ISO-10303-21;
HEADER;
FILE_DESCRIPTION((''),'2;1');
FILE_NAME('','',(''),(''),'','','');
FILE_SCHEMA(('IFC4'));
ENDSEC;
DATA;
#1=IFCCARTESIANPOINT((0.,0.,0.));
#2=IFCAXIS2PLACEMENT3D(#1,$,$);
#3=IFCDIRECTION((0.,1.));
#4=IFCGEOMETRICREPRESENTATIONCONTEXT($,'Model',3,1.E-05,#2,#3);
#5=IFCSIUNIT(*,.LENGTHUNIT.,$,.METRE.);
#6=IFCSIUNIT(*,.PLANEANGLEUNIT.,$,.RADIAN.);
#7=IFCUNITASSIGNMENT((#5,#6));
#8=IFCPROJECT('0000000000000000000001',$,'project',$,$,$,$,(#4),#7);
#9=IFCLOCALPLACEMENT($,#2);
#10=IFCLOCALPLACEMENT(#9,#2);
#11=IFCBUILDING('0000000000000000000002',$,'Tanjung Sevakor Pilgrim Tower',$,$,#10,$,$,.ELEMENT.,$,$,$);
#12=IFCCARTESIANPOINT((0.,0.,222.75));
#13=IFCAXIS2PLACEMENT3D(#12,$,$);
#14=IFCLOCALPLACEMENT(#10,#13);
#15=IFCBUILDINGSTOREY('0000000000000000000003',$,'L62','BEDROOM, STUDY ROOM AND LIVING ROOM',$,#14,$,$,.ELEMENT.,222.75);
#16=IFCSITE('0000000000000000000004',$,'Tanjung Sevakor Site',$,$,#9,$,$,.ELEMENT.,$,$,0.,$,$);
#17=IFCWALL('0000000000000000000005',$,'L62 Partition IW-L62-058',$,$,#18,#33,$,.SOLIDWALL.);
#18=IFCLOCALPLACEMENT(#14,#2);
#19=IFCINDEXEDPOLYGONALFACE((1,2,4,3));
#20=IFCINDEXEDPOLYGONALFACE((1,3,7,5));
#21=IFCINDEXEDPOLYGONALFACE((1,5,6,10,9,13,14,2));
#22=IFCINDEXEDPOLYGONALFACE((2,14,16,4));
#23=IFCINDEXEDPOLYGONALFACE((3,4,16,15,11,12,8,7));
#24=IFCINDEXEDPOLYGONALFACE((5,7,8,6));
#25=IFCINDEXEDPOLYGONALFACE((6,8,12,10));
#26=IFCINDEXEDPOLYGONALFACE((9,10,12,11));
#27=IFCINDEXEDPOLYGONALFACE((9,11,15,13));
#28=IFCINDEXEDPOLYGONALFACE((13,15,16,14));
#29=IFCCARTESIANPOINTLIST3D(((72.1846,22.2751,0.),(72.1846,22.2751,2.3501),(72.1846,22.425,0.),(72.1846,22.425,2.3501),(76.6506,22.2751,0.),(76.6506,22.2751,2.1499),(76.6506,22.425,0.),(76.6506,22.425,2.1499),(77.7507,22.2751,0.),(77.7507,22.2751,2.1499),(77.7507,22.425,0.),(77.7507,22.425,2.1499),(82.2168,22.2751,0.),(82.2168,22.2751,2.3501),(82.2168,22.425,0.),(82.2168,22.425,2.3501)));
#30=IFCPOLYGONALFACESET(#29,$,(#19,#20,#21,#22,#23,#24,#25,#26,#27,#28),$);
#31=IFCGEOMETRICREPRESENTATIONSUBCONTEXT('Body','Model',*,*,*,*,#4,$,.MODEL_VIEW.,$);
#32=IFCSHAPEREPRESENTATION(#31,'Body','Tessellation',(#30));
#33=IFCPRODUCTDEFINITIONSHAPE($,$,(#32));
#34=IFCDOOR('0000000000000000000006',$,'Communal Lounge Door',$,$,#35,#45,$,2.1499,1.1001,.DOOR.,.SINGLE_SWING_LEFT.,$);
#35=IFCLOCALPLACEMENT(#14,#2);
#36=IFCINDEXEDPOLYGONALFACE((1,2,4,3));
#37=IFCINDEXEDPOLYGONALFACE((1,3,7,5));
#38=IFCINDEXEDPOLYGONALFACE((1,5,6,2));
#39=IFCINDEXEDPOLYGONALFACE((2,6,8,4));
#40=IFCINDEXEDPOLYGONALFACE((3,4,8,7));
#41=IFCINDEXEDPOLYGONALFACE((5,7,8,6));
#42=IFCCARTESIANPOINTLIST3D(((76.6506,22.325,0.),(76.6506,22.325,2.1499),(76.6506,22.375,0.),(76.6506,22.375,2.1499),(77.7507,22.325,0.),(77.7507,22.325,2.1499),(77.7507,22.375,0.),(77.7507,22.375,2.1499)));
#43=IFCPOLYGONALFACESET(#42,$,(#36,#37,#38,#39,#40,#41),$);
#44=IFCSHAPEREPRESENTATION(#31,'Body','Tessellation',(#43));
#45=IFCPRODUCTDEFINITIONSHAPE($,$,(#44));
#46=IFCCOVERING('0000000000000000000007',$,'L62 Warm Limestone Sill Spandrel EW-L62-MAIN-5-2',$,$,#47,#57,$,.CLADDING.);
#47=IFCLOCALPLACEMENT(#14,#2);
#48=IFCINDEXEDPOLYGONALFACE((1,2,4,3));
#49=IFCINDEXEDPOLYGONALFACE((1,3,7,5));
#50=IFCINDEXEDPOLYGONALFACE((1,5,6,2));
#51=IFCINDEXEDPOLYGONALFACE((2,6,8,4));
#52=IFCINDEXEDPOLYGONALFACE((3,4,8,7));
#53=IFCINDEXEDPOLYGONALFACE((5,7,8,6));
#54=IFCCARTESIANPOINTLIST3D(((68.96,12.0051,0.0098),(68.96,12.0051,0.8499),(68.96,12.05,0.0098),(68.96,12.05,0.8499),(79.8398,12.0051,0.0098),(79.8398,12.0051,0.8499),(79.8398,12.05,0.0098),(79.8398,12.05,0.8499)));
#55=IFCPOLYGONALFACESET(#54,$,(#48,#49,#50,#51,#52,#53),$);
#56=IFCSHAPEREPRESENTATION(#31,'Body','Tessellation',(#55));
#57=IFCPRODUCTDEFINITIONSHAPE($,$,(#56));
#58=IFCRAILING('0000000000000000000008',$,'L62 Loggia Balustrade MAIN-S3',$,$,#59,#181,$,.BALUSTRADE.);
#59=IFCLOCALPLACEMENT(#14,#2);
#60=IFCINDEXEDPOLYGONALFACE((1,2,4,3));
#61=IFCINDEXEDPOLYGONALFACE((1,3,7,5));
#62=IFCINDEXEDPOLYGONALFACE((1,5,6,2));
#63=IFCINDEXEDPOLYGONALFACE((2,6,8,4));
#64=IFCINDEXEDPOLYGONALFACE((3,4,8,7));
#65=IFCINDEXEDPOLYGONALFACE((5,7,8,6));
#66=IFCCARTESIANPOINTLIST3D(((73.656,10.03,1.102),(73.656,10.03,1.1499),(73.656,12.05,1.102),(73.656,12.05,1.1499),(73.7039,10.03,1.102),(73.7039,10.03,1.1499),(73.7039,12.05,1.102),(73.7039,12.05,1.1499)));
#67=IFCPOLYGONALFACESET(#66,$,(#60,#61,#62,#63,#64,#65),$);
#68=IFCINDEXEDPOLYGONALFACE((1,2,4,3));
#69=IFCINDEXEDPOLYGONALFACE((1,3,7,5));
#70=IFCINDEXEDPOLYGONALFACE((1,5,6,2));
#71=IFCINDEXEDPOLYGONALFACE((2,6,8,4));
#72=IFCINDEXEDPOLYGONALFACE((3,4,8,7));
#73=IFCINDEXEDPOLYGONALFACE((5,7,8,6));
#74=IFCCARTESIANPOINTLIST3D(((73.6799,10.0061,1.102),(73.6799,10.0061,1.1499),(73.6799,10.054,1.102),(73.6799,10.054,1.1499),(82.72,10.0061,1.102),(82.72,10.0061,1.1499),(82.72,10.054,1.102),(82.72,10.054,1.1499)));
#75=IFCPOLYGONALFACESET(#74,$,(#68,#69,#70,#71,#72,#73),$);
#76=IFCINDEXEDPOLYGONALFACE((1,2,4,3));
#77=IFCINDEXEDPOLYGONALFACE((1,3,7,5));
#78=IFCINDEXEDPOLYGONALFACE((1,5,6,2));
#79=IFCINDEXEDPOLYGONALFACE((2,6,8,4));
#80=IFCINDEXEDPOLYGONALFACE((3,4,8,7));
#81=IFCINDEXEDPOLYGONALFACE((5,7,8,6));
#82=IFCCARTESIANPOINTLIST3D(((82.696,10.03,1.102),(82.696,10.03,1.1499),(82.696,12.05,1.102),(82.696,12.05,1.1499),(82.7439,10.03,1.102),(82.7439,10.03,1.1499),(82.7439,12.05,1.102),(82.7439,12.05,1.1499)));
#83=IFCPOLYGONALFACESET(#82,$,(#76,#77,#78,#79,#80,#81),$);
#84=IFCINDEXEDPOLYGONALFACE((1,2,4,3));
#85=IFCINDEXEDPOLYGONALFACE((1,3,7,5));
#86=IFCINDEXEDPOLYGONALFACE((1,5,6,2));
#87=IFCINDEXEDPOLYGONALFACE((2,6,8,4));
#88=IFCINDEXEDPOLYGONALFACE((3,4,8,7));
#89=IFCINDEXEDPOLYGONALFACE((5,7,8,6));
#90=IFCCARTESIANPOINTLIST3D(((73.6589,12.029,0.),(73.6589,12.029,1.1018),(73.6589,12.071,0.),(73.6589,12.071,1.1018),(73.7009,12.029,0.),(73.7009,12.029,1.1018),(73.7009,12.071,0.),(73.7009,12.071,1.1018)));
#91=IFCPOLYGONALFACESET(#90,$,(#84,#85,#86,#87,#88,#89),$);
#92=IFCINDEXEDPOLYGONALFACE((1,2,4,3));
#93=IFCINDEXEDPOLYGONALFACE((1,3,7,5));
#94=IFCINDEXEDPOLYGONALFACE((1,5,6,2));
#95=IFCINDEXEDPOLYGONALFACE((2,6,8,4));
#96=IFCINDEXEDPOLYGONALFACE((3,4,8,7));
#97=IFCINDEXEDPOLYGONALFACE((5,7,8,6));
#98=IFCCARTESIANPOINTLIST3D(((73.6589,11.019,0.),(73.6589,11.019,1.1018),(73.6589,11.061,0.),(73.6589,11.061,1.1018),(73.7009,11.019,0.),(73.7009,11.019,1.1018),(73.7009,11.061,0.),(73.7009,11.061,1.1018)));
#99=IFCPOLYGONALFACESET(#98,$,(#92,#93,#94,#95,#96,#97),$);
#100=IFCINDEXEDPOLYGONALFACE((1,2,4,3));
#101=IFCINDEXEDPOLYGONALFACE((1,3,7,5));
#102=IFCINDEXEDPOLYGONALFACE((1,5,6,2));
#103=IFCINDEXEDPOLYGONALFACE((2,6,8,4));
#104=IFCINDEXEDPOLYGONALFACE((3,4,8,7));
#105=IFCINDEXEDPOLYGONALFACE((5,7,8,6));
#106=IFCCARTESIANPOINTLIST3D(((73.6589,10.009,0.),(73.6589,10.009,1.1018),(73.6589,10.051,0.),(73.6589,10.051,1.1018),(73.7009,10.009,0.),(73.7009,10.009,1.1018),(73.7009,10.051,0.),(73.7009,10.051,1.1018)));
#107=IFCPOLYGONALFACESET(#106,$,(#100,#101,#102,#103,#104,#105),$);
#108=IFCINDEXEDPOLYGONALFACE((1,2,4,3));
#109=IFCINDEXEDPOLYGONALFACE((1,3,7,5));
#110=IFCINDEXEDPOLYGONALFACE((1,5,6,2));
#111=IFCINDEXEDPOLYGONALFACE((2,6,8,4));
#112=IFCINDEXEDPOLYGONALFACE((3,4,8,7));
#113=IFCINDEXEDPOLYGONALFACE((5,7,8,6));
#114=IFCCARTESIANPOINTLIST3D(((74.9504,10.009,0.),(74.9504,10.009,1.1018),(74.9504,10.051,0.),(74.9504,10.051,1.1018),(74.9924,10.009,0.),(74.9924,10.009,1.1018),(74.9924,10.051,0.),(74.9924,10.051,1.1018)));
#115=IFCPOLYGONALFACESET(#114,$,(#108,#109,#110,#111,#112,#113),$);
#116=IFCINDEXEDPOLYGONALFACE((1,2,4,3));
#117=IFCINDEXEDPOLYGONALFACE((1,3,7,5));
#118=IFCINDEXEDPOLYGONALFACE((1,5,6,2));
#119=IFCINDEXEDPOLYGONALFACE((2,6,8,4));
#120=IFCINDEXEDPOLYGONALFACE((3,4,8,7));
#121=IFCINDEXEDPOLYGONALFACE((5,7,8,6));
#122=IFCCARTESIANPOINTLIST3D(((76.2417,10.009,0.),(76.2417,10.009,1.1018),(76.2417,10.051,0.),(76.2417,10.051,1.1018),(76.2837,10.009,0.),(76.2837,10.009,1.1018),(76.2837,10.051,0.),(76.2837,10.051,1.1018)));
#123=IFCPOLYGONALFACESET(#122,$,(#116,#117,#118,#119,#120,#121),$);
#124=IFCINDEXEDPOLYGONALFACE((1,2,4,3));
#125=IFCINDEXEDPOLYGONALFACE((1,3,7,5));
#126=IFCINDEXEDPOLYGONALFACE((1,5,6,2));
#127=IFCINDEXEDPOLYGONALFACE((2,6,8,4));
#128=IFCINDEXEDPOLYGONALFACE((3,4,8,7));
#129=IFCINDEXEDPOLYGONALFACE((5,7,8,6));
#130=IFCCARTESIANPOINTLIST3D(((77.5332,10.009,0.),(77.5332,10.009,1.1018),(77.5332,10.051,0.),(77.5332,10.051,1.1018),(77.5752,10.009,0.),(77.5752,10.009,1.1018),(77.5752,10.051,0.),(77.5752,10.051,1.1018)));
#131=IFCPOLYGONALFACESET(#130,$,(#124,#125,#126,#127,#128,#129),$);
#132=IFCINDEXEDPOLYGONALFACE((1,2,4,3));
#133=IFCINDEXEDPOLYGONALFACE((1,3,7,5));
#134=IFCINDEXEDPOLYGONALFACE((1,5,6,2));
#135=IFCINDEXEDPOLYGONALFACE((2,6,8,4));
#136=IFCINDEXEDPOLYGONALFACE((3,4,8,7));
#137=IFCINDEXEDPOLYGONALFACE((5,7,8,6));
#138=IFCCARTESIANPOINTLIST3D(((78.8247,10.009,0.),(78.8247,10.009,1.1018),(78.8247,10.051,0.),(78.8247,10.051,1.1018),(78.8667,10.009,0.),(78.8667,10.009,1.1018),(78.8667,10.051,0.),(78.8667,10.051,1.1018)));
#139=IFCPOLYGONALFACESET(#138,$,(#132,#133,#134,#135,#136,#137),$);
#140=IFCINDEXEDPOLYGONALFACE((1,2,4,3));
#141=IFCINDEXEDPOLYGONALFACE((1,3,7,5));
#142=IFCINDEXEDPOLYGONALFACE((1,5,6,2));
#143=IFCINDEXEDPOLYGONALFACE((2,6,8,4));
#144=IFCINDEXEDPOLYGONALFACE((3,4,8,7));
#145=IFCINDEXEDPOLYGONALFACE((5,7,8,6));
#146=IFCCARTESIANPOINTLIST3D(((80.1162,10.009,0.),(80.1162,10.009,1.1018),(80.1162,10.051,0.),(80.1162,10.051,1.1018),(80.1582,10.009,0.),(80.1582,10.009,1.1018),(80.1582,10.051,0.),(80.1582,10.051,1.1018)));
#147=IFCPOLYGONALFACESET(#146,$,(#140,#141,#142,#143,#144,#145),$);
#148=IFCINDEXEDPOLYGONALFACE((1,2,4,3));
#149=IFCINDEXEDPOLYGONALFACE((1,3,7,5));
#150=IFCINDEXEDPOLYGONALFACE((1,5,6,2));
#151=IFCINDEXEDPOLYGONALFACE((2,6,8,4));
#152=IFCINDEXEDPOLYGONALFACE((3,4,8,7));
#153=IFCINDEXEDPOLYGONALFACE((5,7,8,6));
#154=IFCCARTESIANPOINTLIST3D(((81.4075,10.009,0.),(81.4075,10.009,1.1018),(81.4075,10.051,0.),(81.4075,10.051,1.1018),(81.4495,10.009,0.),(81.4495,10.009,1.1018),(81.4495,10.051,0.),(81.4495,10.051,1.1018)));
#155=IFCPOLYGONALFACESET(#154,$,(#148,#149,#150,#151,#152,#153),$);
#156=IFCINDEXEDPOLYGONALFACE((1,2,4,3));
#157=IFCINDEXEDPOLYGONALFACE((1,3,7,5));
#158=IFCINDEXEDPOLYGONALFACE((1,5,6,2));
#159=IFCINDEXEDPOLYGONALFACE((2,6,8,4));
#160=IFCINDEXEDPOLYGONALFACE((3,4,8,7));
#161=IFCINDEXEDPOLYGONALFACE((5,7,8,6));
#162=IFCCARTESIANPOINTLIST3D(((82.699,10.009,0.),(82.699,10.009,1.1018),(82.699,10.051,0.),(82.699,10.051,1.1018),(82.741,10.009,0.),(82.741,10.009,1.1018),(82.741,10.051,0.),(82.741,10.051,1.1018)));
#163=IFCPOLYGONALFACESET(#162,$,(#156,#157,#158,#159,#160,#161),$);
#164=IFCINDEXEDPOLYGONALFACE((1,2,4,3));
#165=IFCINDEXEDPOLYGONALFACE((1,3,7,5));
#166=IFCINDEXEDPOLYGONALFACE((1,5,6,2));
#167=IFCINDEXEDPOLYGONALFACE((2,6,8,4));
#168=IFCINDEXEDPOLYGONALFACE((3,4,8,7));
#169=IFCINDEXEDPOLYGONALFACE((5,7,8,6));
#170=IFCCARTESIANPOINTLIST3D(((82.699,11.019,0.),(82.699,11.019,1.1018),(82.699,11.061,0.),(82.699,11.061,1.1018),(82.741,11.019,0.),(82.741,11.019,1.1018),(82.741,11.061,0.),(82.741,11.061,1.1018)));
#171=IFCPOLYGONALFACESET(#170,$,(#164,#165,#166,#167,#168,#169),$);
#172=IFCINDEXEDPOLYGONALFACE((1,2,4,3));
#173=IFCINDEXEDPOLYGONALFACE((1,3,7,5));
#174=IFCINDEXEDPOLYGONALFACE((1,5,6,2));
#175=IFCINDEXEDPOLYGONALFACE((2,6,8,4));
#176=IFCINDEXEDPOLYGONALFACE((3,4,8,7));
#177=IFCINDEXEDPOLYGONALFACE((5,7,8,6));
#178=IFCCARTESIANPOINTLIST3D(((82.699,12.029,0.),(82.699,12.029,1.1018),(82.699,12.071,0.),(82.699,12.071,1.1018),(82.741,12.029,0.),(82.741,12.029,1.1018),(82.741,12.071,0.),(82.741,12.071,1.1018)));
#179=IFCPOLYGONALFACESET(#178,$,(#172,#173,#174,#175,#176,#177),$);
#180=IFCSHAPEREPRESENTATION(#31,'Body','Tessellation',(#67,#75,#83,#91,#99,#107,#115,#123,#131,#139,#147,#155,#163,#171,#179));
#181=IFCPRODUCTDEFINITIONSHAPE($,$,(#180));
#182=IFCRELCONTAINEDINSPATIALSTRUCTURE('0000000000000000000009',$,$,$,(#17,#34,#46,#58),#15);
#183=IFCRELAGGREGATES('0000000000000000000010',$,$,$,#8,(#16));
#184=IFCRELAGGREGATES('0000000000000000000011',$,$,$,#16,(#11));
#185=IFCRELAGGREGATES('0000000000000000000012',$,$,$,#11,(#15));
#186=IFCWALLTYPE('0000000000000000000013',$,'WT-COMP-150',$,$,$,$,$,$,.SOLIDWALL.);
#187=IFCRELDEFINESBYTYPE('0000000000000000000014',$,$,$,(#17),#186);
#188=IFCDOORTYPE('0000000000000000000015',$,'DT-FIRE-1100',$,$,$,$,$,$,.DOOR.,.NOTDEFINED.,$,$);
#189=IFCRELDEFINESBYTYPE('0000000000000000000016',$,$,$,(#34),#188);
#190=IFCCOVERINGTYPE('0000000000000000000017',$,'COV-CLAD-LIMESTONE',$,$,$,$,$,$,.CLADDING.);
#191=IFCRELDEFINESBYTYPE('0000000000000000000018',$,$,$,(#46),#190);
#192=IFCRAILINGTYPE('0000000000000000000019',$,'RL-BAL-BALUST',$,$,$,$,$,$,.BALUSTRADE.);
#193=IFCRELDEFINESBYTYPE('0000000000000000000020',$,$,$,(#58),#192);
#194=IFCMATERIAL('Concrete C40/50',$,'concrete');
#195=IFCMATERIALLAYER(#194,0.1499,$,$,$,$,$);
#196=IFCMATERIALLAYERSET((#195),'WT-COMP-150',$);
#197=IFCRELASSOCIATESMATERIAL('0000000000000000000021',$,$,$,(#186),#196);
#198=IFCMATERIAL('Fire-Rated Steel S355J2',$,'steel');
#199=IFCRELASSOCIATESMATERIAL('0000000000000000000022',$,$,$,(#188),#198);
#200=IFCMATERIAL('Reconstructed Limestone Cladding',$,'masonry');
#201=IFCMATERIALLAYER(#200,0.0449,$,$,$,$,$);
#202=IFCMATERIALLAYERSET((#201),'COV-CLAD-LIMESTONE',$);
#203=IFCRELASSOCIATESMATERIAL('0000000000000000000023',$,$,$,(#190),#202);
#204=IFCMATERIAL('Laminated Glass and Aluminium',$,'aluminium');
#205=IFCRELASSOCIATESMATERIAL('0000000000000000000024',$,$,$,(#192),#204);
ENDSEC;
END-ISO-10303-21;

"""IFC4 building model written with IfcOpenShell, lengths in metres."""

from ifc_helpers import new_model, si_unit, direction, frame, frame_2d, origin, origin_2d, place, context, subcontext, project, spatial, rectangle, extrude, material, layer, layer_set, type_object, element, fill, save


model = new_model("IFC4")

# Units and contexts
model_context = context("Model", 3, precision=1e-05, world=origin(), true_north=direction((0.0, 1.0)))
body_context = subcontext(model_context, "Body", "Model", "MODEL_VIEW")
ifc_project = project(units=[si_unit("LENGTHUNIT", "METRE"), si_unit("PLANEANGLEUNIT", "RADIAN")], contexts=[model_context])

# Site, building, storey
site_placement = place(None, origin())
site = spatial("IfcSite", under=ifc_project, at=site_placement, Name="Tanjung Sevakor Site", CompositionType="ELEMENT", RefElevation=0.0)
building_placement = place(site_placement, origin())
building = spatial("IfcBuilding", under=site, at=building_placement, Name="Tanjung Sevakor Pilgrim Tower", CompositionType="ELEMENT")
storey_placement = place(building_placement, frame((0.0, 0.0, 222.75)))
storey = spatial("IfcBuildingStorey", under=building, at=storey_placement, Name="L62", Description="BEDROOM, STUDY ROOM AND LIVING ROOM", CompositionType="ELEMENT", Elevation=222.75)

# Shared definitions
ifc_material_1 = material(Name="Concrete C40/50", Category="concrete")
ifc_layer_1 = layer(ifc_material_1, 0.1499)
ifc_layer_set_1 = layer_set([ifc_layer_1], Name="WT-COMP-150")
wall_type_1 = type_object("IfcWallType", Name="WT-COMP-150", PredefinedType="SOLIDWALL", material=ifc_layer_set_1)

# Wall, opening, door
wall_1_placement = place(storey_placement, frame((72.1846, 22.3501, 0.0), z_axis=(0.0, 0.0, 1.0), x_axis=(1.0, 0.0, 0.0)))
wall_1 = element("IfcWall", 1, at=wall_1_placement, inside=storey, type_object=wall_type_1, Name="L62 Partition IW-L62-058", PredefinedType="SOLIDWALL", context=body_context, shape_type="SweptSolid", body=[
    extrude(rectangle(XDim=10.0322, YDim=0.1499, at=frame_2d((5.0161, 0.0))), origin(), (0.0, 0.0, 1.0), 2.3501),
])
opening_placement = place(wall_1_placement, frame((4.4661, 0.0, 0.0)))
opening = element("IfcOpeningElement", 2, at=opening_placement, cuts=wall_1, PredefinedType="OPENING", context=body_context, shape_type="SweptSolid", body=[
    extrude(rectangle(XDim=1.1001, YDim=2.1499, at=frame_2d((0.55, 1.075))), frame((0.0, 0.085, 0.0), z_axis=(0.0, -1.0, 0.0), x_axis=(1.0, 0.0, 0.0)), (0.0, 0.0, 1.0), 0.1699),
])
ifc_material_2 = material(Name="Fire-Rated Steel S355J2", Category="steel")
door_type = type_object("IfcDoorType", Name="DT-FIRE-1100", OperationType="NOTDEFINED", PredefinedType="DOOR", material=ifc_material_2)
door_placement = place(opening_placement, origin())
door = element("IfcDoor", 3, at=door_placement, inside=storey, type_object=door_type, Name="Communal Lounge Door", OperationType="SINGLE_SWING_LEFT", OverallHeight=2.1499, OverallWidth=1.1001, PredefinedType="DOOR", context=body_context, shape_type="SweptSolid", body=[
    extrude(rectangle(XDim=1.1001, YDim=2.1499, at=frame_2d((0.55, 1.075))), frame((0.0, 0.0249, 0.0), z_axis=(0.0, -1.0, 0.0), x_axis=(1.0, 0.0, 0.0)), (0.0, 0.0, 1.0), 0.05),
])
fill(opening, door)

# Covering
ifc_material_3 = material(Name="Reconstructed Limestone Cladding", Category="masonry")
ifc_layer_2 = layer(ifc_material_3, 0.0449)
ifc_layer_set_2 = layer_set([ifc_layer_2], Name="COV-CLAD-LIMESTONE")
covering_type = type_object("IfcCoveringType", Name="COV-CLAD-LIMESTONE", PredefinedType="CLADDING", material=ifc_layer_set_2)
covering_placement = place(storey_placement, frame((74.3999, 12.0276, 0.0098), z_axis=(0.0, 0.0, 1.0), x_axis=(1.0, 0.0, 0.0)))
element("IfcCovering", 4, at=covering_placement, inside=storey, type_object=covering_type, Name="L62 Warm Limestone Sill Spandrel EW-L62-MAIN-5-2", PredefinedType="CLADDING", context=body_context, shape_type="SweptSolid", body=[
    extrude(rectangle(XDim=10.8799, YDim=0.0449, at=origin_2d()), origin(), (0.0, 0.0, 1.0), 0.8401),
])

# Railing
ifc_material_4 = material(Name="Laminated Glass and Aluminium", Category="aluminium")
railing_type = type_object("IfcRailingType", Name="RL-BAL-BALUST", PredefinedType="BALUSTRADE", material=ifc_material_4)
railing_placement = place(storey_placement, frame((73.6799, 12.05, 0.0)))
element("IfcRailing", 5, at=railing_placement, inside=storey, type_object=railing_type, Name="L62 Loggia Balustrade MAIN-S3", PredefinedType="BALUSTRADE", context=body_context, shape_type="SweptSolid", body=[
    extrude(rectangle(XDim=0.0479, YDim=0.0479), frame((0.0, 0.0, 1.126), z_axis=(0.0, -1.0, 0.0), x_axis=(1.0, 0.0, 0.0)), (0.0, 0.0, 1.0), 2.02),
    extrude(rectangle(XDim=0.0479, YDim=0.0479), frame((0.0, -2.02, 1.126), z_axis=(1.0, 0.0, 0.0), x_axis=(0.0, 1.0, 0.0)), (0.0, 0.0, 1.0), 9.04),
    extrude(rectangle(XDim=0.0479, YDim=0.0479), frame((9.04, -2.02, 1.126), z_axis=(0.0, 1.0, 0.0), x_axis=(-1.0, 0.0, 0.0)), (0.0, 0.0, 1.0), 2.02),
    extrude(rectangle(XDim=0.042, YDim=0.042), origin(), (0.0, 0.0, 1.0), 1.1018),
    extrude(rectangle(XDim=0.042, YDim=0.042), frame((0.0, -1.01, 0.0)), (0.0, 0.0, 1.0), 1.1018),
    extrude(rectangle(XDim=0.042, YDim=0.042), frame((0.0, -2.02, 0.0)), (0.0, 0.0, 1.0), 1.1018),
    extrude(rectangle(XDim=0.042, YDim=0.042), frame((1.2915, -2.02, 0.0)), (0.0, 0.0, 1.0), 1.1018),
    extrude(rectangle(XDim=0.042, YDim=0.042), frame((2.5828, -2.02, 0.0)), (0.0, 0.0, 1.0), 1.1018),
    extrude(rectangle(XDim=0.042, YDim=0.042), frame((3.8743, -2.02, 0.0)), (0.0, 0.0, 1.0), 1.1018),
    extrude(rectangle(XDim=0.042, YDim=0.042), frame((5.1658, -2.02, 0.0)), (0.0, 0.0, 1.0), 1.1018),
    extrude(rectangle(XDim=0.042, YDim=0.042), frame((6.4573, -2.02, 0.0)), (0.0, 0.0, 1.0), 1.1018),
    extrude(rectangle(XDim=0.042, YDim=0.042), frame((7.7485, -2.02, 0.0)), (0.0, 0.0, 1.0), 1.1018),
    extrude(rectangle(XDim=0.042, YDim=0.042), frame((9.04, -2.02, 0.0)), (0.0, 0.0, 1.0), 1.1018),
    extrude(rectangle(XDim=0.042, YDim=0.042), frame((9.04, -1.01, 0.0)), (0.0, 0.0, 1.0), 1.1018),
    extrude(rectangle(XDim=0.042, YDim=0.042), frame((9.04, 0.0, 0.0)), (0.0, 0.0, 1.0), 1.1018),
])

save(model, "model.ifc")
